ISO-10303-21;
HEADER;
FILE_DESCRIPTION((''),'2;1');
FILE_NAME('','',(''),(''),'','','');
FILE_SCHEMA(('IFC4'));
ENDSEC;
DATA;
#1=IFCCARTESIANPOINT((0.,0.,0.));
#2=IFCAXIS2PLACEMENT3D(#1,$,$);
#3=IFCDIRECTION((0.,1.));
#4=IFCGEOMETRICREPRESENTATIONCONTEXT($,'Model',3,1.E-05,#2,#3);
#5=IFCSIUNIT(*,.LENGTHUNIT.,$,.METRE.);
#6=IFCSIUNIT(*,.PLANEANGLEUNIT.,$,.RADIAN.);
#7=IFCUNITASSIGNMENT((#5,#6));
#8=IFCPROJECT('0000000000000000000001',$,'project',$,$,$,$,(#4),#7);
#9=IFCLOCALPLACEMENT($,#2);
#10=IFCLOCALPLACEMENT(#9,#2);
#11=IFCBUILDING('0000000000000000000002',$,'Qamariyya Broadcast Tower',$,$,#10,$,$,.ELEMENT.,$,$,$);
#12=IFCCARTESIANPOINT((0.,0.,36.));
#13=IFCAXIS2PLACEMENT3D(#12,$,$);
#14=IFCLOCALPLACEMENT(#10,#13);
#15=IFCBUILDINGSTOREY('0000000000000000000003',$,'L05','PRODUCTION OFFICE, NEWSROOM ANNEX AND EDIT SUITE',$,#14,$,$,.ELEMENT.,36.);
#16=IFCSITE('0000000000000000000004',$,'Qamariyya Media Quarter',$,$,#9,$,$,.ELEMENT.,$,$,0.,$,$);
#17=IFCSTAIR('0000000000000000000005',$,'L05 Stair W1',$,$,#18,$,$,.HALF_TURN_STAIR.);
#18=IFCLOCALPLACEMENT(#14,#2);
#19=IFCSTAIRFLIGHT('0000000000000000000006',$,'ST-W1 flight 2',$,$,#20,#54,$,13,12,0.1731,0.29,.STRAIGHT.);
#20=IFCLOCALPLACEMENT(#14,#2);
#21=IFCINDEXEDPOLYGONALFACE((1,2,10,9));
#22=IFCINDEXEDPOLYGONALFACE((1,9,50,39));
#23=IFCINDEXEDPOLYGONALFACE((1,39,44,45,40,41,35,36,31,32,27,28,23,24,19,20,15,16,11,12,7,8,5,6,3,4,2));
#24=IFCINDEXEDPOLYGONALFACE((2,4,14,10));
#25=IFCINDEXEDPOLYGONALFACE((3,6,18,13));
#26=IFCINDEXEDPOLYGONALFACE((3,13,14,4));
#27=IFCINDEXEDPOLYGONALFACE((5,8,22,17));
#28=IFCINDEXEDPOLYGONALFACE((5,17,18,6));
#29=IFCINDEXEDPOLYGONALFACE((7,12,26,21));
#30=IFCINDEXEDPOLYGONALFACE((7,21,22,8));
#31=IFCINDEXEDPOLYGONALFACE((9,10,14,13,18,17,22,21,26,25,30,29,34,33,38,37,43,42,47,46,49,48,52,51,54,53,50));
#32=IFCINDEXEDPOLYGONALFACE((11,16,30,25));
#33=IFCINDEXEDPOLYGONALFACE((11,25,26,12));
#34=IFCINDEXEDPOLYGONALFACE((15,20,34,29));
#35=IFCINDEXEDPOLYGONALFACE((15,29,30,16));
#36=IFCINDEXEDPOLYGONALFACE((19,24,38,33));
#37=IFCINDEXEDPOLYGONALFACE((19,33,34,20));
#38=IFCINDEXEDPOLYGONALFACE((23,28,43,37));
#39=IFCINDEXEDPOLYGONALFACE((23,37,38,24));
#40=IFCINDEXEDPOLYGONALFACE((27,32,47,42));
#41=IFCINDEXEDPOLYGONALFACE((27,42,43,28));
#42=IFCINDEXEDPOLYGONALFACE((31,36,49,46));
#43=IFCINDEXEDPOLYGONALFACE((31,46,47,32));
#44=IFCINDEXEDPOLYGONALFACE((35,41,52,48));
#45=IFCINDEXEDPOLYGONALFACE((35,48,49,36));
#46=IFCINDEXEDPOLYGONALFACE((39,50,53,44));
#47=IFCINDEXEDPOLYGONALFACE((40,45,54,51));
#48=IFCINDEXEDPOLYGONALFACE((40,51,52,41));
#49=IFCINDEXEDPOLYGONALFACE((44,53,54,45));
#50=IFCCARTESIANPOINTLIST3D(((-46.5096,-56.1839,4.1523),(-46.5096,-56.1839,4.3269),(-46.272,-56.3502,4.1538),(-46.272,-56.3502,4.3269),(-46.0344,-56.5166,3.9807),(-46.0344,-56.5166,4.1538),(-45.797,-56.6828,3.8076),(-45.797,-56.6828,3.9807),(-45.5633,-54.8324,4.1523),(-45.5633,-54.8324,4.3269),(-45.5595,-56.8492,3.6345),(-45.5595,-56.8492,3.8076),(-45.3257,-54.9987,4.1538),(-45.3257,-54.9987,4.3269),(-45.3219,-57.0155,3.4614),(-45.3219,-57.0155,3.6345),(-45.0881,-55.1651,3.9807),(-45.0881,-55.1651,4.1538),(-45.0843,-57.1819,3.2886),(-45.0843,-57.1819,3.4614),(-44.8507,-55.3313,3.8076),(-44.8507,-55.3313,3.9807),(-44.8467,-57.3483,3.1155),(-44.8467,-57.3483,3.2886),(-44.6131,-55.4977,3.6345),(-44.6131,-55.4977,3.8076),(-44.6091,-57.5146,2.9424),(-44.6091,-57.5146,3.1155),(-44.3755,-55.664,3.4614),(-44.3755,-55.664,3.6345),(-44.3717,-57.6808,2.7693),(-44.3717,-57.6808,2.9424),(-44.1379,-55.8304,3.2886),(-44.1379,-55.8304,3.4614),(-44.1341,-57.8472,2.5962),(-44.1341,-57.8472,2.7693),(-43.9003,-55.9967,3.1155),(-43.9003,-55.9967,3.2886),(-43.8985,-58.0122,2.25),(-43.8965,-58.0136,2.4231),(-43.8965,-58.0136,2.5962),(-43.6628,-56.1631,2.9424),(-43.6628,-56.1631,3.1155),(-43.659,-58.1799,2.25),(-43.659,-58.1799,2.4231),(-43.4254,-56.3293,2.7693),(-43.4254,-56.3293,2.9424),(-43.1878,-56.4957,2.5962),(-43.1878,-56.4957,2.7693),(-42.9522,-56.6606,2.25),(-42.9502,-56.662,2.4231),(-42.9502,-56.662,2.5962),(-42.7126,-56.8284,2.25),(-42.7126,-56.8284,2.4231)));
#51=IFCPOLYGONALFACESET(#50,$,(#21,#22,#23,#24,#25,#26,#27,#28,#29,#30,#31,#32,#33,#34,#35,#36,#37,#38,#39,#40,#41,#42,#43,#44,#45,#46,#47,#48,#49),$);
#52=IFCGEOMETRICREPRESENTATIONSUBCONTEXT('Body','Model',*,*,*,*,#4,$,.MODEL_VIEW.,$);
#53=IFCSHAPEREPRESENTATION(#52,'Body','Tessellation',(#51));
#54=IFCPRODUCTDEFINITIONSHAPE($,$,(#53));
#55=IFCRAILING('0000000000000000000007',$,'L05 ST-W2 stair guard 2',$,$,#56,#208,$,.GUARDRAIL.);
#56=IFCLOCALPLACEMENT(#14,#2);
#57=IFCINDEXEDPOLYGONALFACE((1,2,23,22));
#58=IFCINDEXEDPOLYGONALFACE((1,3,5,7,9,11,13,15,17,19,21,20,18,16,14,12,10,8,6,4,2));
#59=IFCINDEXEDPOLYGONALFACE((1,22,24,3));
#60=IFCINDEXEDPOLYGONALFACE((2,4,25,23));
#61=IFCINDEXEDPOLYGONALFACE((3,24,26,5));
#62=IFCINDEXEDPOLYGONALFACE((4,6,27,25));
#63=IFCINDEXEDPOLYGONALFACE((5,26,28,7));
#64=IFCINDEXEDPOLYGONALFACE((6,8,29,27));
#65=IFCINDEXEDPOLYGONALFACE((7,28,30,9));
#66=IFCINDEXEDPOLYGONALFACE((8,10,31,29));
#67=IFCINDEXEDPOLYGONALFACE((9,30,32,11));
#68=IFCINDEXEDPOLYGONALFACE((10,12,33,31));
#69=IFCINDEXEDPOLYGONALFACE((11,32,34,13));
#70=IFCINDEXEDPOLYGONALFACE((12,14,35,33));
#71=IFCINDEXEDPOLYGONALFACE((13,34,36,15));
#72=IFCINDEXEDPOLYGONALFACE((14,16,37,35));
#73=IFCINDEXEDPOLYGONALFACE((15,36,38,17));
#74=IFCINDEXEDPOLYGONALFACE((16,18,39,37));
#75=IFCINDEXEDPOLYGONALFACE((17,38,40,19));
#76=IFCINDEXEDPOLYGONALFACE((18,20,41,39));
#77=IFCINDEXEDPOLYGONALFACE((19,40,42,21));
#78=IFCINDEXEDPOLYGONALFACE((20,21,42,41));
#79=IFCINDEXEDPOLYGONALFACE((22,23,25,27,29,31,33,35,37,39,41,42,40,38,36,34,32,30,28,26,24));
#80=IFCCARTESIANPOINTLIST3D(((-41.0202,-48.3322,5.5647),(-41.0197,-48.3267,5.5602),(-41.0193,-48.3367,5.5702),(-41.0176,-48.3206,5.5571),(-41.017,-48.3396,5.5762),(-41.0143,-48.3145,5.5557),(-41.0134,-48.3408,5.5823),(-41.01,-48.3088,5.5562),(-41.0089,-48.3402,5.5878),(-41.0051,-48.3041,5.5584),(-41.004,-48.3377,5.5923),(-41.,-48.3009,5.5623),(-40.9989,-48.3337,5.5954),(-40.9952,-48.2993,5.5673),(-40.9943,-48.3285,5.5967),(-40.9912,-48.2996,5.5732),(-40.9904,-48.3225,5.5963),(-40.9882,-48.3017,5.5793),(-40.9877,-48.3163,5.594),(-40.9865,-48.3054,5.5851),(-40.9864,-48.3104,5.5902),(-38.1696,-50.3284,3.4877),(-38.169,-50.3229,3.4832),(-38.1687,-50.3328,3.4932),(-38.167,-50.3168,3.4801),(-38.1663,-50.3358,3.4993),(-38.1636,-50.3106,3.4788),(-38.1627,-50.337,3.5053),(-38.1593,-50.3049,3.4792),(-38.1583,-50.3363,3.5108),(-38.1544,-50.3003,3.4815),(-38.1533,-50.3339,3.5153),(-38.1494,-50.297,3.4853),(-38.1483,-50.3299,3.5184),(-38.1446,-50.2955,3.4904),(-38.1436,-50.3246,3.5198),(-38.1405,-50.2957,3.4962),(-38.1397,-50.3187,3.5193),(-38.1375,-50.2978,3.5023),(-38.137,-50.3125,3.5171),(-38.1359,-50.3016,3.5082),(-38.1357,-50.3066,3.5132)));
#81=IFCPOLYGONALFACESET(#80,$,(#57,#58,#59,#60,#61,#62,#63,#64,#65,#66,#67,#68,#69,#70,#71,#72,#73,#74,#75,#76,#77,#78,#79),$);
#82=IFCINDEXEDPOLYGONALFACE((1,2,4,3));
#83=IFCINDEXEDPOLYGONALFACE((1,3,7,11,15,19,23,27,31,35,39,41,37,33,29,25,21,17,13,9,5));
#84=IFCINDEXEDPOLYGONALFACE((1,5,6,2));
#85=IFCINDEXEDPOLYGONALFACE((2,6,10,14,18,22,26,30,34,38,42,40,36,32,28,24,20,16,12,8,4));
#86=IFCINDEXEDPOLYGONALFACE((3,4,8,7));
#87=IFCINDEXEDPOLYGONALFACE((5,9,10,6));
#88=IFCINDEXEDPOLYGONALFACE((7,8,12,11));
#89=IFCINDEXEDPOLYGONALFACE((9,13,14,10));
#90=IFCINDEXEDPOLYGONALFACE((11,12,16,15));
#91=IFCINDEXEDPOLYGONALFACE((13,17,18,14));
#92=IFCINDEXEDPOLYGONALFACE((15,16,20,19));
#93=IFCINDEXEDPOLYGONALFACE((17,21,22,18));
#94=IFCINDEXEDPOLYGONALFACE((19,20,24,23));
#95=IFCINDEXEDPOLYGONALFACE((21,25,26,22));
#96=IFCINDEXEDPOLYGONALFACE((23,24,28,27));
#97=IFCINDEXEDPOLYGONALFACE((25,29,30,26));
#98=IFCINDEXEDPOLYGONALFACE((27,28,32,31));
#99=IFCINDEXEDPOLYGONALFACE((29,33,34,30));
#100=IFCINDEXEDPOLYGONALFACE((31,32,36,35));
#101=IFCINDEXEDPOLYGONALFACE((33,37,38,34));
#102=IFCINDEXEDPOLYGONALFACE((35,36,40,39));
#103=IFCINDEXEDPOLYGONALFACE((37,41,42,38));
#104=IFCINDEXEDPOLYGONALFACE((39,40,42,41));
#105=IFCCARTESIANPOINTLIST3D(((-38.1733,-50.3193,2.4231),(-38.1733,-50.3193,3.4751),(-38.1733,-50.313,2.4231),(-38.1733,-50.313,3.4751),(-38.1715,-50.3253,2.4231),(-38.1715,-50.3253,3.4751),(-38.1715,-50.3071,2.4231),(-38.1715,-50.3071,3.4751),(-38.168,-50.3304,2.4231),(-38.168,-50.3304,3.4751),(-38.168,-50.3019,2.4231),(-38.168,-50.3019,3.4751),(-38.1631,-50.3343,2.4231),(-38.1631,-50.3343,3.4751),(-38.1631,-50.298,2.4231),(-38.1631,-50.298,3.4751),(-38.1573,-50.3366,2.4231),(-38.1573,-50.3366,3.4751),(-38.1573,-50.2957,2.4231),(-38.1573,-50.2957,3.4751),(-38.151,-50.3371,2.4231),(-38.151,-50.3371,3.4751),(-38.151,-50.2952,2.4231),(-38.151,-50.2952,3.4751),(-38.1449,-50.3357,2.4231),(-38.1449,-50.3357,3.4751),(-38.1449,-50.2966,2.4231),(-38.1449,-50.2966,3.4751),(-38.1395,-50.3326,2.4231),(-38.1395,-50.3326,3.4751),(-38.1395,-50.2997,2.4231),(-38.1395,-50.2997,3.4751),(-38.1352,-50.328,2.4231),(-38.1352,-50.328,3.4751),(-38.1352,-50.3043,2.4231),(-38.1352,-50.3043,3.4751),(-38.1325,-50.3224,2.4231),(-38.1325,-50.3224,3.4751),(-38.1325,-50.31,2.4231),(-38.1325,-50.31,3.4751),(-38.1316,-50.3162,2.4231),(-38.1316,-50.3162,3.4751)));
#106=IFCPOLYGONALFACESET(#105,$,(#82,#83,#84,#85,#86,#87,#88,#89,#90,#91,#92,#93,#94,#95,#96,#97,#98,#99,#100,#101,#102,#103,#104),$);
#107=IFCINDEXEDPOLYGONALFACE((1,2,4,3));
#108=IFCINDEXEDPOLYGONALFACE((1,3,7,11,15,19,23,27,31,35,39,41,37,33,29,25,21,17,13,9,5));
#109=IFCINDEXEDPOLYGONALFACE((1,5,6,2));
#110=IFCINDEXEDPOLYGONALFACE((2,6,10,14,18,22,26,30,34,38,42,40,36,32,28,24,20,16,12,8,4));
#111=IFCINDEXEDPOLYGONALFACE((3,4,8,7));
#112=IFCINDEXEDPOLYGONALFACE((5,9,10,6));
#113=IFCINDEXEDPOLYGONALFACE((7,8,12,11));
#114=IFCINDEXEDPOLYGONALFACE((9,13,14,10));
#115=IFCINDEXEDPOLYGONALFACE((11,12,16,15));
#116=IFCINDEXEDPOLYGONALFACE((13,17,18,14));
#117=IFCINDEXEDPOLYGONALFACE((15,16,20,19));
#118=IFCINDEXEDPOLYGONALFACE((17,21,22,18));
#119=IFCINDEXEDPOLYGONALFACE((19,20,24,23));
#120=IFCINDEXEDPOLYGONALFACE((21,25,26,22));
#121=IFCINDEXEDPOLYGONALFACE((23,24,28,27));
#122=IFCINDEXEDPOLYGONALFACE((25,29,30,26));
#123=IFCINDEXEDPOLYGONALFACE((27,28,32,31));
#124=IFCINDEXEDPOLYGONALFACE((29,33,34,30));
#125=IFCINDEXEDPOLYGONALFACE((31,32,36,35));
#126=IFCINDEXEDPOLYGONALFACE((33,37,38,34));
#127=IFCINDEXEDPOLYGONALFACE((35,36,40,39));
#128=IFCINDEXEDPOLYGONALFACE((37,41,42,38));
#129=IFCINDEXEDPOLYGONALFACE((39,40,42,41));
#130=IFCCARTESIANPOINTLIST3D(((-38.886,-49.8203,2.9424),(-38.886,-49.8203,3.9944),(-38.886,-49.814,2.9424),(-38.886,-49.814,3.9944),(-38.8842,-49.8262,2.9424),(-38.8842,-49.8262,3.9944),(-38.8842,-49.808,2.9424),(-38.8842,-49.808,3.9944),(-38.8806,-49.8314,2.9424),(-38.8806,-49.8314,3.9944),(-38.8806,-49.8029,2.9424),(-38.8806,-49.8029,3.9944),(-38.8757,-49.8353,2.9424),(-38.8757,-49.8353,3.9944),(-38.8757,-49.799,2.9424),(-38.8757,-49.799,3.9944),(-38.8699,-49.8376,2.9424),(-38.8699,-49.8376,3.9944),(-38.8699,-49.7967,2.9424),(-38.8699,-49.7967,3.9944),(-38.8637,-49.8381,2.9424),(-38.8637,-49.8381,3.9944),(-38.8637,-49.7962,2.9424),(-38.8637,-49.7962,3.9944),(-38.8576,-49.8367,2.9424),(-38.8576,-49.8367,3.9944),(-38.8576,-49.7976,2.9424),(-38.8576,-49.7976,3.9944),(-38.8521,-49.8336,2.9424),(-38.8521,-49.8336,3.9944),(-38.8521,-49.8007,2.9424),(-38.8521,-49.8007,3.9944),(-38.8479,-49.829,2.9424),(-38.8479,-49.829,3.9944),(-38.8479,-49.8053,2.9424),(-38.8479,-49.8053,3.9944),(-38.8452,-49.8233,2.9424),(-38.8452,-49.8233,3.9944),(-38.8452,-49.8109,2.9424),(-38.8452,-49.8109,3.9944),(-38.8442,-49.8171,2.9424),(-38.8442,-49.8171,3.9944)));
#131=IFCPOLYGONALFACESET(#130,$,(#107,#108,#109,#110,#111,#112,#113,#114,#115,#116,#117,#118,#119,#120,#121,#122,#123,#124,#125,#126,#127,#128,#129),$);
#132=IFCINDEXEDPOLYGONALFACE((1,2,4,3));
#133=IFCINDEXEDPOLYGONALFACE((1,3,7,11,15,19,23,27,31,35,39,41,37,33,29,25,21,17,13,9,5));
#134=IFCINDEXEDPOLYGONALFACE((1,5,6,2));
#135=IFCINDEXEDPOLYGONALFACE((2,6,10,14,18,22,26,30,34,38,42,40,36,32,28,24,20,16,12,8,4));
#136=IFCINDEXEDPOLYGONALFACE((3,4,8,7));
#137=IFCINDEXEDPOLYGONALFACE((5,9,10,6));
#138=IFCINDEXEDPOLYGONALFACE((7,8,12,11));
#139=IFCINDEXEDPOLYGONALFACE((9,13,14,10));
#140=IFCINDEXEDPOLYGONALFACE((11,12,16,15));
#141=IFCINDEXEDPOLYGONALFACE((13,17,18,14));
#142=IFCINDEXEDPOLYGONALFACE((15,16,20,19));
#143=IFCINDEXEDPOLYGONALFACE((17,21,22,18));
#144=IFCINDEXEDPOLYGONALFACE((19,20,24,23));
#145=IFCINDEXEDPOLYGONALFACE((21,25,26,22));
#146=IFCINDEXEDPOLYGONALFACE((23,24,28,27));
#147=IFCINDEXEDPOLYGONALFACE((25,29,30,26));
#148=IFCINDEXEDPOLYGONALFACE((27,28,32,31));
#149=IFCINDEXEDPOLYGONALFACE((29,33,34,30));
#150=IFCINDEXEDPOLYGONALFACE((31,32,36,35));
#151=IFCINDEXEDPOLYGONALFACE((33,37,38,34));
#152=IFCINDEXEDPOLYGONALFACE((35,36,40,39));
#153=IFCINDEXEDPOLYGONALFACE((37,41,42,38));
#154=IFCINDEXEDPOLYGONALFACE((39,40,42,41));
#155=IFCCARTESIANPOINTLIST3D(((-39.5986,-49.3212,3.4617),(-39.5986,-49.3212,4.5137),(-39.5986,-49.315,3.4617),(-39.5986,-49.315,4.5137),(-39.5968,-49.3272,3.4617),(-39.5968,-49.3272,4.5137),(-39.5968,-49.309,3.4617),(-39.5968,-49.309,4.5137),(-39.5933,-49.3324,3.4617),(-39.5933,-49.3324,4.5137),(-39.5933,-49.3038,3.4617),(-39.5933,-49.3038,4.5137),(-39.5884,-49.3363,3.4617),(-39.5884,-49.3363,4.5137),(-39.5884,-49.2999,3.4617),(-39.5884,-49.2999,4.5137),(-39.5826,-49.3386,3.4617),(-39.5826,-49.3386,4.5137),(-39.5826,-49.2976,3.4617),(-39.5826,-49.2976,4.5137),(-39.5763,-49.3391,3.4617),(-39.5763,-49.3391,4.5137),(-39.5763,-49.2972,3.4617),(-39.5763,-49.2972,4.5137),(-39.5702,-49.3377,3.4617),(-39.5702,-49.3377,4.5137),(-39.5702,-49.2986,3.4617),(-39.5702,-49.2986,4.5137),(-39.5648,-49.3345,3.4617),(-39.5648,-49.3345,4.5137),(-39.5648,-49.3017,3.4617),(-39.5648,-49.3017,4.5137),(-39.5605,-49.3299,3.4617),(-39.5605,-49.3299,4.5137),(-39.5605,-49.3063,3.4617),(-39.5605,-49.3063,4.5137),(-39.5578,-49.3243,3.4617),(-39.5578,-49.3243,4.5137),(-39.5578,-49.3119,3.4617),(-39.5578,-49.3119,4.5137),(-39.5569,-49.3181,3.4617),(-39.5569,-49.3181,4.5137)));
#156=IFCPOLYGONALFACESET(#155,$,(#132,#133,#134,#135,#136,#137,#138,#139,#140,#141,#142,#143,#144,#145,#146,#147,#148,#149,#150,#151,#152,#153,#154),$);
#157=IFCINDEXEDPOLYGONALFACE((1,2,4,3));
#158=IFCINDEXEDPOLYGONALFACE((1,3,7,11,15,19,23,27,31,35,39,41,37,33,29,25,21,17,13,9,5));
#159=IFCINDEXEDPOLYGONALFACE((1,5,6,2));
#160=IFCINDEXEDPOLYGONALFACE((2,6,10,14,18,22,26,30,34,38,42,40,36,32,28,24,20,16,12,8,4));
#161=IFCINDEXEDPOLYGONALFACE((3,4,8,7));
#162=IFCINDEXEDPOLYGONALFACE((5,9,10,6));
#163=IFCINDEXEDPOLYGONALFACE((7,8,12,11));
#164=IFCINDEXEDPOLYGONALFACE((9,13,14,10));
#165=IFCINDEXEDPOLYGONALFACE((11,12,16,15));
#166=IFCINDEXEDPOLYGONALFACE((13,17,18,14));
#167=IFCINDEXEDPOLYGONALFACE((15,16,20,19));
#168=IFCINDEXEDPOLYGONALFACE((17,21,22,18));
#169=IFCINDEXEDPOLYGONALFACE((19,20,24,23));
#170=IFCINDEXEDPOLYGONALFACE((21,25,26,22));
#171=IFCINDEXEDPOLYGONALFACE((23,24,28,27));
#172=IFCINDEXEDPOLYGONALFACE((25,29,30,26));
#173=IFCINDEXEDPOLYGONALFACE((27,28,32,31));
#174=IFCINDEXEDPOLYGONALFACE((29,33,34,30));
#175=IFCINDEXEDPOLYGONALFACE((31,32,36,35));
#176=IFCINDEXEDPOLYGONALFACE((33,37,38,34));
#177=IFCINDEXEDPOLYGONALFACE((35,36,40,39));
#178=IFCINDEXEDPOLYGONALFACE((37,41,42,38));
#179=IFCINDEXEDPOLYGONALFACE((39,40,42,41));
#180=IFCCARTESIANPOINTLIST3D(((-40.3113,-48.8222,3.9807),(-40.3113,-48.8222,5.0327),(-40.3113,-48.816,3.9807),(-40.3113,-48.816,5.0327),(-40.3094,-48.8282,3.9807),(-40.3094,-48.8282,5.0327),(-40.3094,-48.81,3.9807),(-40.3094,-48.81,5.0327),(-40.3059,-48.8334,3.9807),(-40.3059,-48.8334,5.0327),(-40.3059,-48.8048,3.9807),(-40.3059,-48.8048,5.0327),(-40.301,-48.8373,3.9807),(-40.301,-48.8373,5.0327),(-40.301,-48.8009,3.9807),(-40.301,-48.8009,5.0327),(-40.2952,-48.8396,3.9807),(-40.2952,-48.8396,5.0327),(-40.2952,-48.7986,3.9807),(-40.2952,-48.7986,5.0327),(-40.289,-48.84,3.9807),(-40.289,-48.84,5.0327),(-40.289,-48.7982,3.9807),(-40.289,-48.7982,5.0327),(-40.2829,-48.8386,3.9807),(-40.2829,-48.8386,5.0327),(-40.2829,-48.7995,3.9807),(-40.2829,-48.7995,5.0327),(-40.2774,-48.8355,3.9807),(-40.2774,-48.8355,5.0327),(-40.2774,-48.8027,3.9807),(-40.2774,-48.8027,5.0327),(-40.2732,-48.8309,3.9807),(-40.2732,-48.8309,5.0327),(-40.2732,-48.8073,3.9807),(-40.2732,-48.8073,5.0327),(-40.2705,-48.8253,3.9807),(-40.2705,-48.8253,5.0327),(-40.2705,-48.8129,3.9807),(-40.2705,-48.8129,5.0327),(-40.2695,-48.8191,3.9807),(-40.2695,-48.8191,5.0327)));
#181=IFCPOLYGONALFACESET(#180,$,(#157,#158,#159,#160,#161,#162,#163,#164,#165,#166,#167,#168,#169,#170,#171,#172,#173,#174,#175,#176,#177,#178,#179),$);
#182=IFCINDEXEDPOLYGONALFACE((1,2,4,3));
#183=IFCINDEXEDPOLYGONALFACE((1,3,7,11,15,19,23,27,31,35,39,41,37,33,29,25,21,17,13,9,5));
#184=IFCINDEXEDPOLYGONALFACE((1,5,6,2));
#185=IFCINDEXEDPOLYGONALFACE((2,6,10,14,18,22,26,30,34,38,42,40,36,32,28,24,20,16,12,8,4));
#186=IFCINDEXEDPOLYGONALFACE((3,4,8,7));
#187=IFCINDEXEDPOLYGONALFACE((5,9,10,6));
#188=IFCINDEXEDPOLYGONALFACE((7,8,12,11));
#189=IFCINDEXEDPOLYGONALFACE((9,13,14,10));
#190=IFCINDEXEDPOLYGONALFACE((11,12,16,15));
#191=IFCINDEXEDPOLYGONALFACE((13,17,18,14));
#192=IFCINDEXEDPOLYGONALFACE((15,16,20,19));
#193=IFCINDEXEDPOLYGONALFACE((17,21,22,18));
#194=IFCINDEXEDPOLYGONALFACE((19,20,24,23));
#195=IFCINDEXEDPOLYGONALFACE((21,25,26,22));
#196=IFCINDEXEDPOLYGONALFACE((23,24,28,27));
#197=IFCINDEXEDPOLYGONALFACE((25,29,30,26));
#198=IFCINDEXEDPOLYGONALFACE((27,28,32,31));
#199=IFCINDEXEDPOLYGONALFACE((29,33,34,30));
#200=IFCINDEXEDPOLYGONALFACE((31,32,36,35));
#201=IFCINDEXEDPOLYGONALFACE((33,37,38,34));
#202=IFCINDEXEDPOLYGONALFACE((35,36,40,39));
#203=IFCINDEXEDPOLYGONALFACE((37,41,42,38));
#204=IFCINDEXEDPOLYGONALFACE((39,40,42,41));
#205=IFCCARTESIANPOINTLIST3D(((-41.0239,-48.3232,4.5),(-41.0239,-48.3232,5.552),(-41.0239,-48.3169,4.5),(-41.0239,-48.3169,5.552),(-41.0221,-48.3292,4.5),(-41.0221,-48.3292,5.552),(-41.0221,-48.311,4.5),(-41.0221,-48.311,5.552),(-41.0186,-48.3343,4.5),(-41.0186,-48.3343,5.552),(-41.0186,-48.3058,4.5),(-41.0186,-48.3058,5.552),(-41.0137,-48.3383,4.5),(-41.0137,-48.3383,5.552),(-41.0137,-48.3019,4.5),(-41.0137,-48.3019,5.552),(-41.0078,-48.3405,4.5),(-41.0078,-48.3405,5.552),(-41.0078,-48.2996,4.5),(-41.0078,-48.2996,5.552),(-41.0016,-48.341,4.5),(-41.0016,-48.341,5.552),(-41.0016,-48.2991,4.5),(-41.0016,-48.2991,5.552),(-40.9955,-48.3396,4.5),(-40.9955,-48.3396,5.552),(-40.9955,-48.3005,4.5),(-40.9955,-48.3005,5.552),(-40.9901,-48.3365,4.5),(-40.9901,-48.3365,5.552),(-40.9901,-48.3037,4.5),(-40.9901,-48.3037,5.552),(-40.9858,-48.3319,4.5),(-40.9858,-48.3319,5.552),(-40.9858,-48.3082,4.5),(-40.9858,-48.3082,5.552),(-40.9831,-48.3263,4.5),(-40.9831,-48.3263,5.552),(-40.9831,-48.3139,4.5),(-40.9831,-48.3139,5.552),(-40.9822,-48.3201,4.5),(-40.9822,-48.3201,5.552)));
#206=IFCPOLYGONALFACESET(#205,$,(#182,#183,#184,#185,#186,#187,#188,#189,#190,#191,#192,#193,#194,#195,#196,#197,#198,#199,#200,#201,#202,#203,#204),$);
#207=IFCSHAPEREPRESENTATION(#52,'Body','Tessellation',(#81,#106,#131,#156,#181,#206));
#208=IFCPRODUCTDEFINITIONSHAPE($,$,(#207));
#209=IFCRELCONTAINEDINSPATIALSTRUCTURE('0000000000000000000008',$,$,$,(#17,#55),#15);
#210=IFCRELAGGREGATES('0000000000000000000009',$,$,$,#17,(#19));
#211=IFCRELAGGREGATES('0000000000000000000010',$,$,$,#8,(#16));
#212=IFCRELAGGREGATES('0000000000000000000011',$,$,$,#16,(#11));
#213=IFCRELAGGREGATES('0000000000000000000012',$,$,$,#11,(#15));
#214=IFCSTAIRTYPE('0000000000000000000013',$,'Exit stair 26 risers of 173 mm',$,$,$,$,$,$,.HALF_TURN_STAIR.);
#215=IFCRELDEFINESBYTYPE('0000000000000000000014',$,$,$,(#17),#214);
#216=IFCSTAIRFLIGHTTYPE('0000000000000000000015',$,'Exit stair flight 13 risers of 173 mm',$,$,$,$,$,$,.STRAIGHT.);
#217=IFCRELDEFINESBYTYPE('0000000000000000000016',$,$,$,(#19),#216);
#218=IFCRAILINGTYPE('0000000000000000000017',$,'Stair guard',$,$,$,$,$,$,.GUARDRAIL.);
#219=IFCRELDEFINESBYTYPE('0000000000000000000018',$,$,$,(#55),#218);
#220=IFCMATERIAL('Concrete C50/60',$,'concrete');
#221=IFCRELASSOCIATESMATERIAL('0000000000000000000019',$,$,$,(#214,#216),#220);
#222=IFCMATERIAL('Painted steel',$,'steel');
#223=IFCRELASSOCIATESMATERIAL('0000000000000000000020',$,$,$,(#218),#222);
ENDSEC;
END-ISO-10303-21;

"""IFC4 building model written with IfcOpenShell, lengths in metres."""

from ifc_helpers import new_model, si_unit, direction, frame, origin, origin_2d, place, context, subcontext, project, spatial, polyline, circle, outline, extrude, material, type_object, element, aggregate, save


model = new_model("IFC4")

# Units and contexts
model_context = context("Model", 3, precision=1e-05, world=origin(), true_north=direction((0.0, 1.0)))
body_context = subcontext(model_context, "Body", "Model", "MODEL_VIEW")
ifc_project = project(units=[si_unit("LENGTHUNIT", "METRE"), si_unit("PLANEANGLEUNIT", "RADIAN")], contexts=[model_context])

# Site, building, storey
site_placement = place(None, origin())
site = spatial("IfcSite", under=ifc_project, at=site_placement, Name="Qamariyya Media Quarter", CompositionType="ELEMENT", RefElevation=0.0)
building_placement = place(site_placement, origin())
building = spatial("IfcBuilding", under=site, at=building_placement, Name="Qamariyya Broadcast Tower", CompositionType="ELEMENT")
storey_placement = place(building_placement, frame((0.0, 0.0, 36.0)))
storey = spatial("IfcBuildingStorey", under=building, at=storey_placement, Name="L05", Description="PRODUCTION OFFICE, NEWSROOM ANNEX AND EDIT SUITE", CompositionType="ELEMENT", Elevation=36.0)

# Stair, stair flight
ifc_material_1 = material(Name="Concrete C50/60", Category="concrete")
stair_type = type_object("IfcStairType", Name="Exit stair 26 risers of 173 mm", PredefinedType="HALF_TURN_STAIR", material=ifc_material_1)
stair_placement = place(storey_placement, origin())
stair = element("IfcStair", 1, at=stair_placement, inside=storey, type_object=stair_type, Name="L05 Stair W1", PredefinedType="HALF_TURN_STAIR")
stair_flight_type = type_object("IfcStairFlightType", Name="Exit stair flight 13 risers of 173 mm", PredefinedType="STRAIGHT", material=ifc_material_1)
stair_flight_placement = place(storey_placement, frame((-43.1858, -57.5042, 2.25), z_axis=(0.0, 0.0, 1.0), x_axis=(-0.819152, 0.573576, 0.0)))
stair_flight = element("IfcStairFlight", 2, at=stair_flight_placement, type_object=stair_flight_type, Name="ST-W1 flight 2", NumberOfRisers=13, NumberOfTreads=12, PredefinedType="STRAIGHT", RiserHeight=0.1731, TreadLength=0.29, context=body_context, shape_type="SweptSolid", body=[
    extrude(outline(polyline([(0.0, 0.0), (0.0, 0.1731), (0.29, 0.1731), (0.29, 0.3462), (0.5801, 0.3462), (0.5801, 0.5193), (0.8701, 0.5193), (0.8701, 0.6924), (1.1599, 0.6924), (1.1599, 0.8655), (1.45, 0.8655), (1.45, 1.0386), (1.74, 1.0386), (1.74, 1.2114), (2.03, 1.2114), (2.03, 1.3845), (2.3201, 1.3845), (2.3201, 1.5576), (2.6101, 1.5576), (2.6101, 1.7307), (2.8999, 1.7307), (2.8999, 1.9038), (3.1899, 1.9038), (3.1899, 2.0769), (3.48, 2.0769), (3.48, 2.25), (3.48, 1.9023), (0.2925, 0.0), (0.0, 0.0)])), frame((0.0, 0.825, 0.0), z_axis=(0.0, -1.0, 0.0), x_axis=(1.0, 0.0, 0.0)), (0.0, 0.0, 1.0), 1.6499),
])
aggregate(stair, [stair_flight])

# Railing
ifc_material_2 = material(Name="Painted steel", Category="steel")
railing_type_1 = type_object("IfcRailingType", Name="Stair guard", PredefinedType="GUARDRAIL", material=ifc_material_2)
railing_1_placement = place(storey_placement, frame((-38.1526, -50.3162, 2.4231)))
element("IfcRailing", 3, at=railing_1_placement, inside=storey, type_object=railing_type_1, Name="L05 ST-W2 stair guard 2", PredefinedType="GUARDRAIL", context=body_context, shape_type="SweptSolid", body=[
    extrude(circle(Radius=0.0239, at=origin_2d()), frame((0.0, 0.0, 1.0762), z_axis=(-0.703393, 0.492544, 0.512484), x_axis=(-0.573594, -0.81914, 0.0)), (0.0, 0.0, 1.0), 4.0527),
    extrude(circle(Radius=0.021, at=origin_2d()), origin(), (0.0, 0.0, 1.0), 1.052),
    extrude(circle(Radius=0.021, at=origin_2d()), frame((-0.7126, 0.499, 0.5193)), (0.0, 0.0, 1.0), 1.052),
    extrude(circle(Radius=0.021, at=origin_2d()), frame((-1.4253, 0.998, 1.0386)), (0.0, 0.0, 1.0), 1.052),
    extrude(circle(Radius=0.021, at=origin_2d()), frame((-2.1379, 1.4971, 1.5576)), (0.0, 0.0, 1.0), 1.052),
    extrude(circle(Radius=0.021, at=origin_2d()), frame((-2.8506, 1.9961, 2.0769)), (0.0, 0.0, 1.0), 1.052),
])

save(model, "model.ifc")
